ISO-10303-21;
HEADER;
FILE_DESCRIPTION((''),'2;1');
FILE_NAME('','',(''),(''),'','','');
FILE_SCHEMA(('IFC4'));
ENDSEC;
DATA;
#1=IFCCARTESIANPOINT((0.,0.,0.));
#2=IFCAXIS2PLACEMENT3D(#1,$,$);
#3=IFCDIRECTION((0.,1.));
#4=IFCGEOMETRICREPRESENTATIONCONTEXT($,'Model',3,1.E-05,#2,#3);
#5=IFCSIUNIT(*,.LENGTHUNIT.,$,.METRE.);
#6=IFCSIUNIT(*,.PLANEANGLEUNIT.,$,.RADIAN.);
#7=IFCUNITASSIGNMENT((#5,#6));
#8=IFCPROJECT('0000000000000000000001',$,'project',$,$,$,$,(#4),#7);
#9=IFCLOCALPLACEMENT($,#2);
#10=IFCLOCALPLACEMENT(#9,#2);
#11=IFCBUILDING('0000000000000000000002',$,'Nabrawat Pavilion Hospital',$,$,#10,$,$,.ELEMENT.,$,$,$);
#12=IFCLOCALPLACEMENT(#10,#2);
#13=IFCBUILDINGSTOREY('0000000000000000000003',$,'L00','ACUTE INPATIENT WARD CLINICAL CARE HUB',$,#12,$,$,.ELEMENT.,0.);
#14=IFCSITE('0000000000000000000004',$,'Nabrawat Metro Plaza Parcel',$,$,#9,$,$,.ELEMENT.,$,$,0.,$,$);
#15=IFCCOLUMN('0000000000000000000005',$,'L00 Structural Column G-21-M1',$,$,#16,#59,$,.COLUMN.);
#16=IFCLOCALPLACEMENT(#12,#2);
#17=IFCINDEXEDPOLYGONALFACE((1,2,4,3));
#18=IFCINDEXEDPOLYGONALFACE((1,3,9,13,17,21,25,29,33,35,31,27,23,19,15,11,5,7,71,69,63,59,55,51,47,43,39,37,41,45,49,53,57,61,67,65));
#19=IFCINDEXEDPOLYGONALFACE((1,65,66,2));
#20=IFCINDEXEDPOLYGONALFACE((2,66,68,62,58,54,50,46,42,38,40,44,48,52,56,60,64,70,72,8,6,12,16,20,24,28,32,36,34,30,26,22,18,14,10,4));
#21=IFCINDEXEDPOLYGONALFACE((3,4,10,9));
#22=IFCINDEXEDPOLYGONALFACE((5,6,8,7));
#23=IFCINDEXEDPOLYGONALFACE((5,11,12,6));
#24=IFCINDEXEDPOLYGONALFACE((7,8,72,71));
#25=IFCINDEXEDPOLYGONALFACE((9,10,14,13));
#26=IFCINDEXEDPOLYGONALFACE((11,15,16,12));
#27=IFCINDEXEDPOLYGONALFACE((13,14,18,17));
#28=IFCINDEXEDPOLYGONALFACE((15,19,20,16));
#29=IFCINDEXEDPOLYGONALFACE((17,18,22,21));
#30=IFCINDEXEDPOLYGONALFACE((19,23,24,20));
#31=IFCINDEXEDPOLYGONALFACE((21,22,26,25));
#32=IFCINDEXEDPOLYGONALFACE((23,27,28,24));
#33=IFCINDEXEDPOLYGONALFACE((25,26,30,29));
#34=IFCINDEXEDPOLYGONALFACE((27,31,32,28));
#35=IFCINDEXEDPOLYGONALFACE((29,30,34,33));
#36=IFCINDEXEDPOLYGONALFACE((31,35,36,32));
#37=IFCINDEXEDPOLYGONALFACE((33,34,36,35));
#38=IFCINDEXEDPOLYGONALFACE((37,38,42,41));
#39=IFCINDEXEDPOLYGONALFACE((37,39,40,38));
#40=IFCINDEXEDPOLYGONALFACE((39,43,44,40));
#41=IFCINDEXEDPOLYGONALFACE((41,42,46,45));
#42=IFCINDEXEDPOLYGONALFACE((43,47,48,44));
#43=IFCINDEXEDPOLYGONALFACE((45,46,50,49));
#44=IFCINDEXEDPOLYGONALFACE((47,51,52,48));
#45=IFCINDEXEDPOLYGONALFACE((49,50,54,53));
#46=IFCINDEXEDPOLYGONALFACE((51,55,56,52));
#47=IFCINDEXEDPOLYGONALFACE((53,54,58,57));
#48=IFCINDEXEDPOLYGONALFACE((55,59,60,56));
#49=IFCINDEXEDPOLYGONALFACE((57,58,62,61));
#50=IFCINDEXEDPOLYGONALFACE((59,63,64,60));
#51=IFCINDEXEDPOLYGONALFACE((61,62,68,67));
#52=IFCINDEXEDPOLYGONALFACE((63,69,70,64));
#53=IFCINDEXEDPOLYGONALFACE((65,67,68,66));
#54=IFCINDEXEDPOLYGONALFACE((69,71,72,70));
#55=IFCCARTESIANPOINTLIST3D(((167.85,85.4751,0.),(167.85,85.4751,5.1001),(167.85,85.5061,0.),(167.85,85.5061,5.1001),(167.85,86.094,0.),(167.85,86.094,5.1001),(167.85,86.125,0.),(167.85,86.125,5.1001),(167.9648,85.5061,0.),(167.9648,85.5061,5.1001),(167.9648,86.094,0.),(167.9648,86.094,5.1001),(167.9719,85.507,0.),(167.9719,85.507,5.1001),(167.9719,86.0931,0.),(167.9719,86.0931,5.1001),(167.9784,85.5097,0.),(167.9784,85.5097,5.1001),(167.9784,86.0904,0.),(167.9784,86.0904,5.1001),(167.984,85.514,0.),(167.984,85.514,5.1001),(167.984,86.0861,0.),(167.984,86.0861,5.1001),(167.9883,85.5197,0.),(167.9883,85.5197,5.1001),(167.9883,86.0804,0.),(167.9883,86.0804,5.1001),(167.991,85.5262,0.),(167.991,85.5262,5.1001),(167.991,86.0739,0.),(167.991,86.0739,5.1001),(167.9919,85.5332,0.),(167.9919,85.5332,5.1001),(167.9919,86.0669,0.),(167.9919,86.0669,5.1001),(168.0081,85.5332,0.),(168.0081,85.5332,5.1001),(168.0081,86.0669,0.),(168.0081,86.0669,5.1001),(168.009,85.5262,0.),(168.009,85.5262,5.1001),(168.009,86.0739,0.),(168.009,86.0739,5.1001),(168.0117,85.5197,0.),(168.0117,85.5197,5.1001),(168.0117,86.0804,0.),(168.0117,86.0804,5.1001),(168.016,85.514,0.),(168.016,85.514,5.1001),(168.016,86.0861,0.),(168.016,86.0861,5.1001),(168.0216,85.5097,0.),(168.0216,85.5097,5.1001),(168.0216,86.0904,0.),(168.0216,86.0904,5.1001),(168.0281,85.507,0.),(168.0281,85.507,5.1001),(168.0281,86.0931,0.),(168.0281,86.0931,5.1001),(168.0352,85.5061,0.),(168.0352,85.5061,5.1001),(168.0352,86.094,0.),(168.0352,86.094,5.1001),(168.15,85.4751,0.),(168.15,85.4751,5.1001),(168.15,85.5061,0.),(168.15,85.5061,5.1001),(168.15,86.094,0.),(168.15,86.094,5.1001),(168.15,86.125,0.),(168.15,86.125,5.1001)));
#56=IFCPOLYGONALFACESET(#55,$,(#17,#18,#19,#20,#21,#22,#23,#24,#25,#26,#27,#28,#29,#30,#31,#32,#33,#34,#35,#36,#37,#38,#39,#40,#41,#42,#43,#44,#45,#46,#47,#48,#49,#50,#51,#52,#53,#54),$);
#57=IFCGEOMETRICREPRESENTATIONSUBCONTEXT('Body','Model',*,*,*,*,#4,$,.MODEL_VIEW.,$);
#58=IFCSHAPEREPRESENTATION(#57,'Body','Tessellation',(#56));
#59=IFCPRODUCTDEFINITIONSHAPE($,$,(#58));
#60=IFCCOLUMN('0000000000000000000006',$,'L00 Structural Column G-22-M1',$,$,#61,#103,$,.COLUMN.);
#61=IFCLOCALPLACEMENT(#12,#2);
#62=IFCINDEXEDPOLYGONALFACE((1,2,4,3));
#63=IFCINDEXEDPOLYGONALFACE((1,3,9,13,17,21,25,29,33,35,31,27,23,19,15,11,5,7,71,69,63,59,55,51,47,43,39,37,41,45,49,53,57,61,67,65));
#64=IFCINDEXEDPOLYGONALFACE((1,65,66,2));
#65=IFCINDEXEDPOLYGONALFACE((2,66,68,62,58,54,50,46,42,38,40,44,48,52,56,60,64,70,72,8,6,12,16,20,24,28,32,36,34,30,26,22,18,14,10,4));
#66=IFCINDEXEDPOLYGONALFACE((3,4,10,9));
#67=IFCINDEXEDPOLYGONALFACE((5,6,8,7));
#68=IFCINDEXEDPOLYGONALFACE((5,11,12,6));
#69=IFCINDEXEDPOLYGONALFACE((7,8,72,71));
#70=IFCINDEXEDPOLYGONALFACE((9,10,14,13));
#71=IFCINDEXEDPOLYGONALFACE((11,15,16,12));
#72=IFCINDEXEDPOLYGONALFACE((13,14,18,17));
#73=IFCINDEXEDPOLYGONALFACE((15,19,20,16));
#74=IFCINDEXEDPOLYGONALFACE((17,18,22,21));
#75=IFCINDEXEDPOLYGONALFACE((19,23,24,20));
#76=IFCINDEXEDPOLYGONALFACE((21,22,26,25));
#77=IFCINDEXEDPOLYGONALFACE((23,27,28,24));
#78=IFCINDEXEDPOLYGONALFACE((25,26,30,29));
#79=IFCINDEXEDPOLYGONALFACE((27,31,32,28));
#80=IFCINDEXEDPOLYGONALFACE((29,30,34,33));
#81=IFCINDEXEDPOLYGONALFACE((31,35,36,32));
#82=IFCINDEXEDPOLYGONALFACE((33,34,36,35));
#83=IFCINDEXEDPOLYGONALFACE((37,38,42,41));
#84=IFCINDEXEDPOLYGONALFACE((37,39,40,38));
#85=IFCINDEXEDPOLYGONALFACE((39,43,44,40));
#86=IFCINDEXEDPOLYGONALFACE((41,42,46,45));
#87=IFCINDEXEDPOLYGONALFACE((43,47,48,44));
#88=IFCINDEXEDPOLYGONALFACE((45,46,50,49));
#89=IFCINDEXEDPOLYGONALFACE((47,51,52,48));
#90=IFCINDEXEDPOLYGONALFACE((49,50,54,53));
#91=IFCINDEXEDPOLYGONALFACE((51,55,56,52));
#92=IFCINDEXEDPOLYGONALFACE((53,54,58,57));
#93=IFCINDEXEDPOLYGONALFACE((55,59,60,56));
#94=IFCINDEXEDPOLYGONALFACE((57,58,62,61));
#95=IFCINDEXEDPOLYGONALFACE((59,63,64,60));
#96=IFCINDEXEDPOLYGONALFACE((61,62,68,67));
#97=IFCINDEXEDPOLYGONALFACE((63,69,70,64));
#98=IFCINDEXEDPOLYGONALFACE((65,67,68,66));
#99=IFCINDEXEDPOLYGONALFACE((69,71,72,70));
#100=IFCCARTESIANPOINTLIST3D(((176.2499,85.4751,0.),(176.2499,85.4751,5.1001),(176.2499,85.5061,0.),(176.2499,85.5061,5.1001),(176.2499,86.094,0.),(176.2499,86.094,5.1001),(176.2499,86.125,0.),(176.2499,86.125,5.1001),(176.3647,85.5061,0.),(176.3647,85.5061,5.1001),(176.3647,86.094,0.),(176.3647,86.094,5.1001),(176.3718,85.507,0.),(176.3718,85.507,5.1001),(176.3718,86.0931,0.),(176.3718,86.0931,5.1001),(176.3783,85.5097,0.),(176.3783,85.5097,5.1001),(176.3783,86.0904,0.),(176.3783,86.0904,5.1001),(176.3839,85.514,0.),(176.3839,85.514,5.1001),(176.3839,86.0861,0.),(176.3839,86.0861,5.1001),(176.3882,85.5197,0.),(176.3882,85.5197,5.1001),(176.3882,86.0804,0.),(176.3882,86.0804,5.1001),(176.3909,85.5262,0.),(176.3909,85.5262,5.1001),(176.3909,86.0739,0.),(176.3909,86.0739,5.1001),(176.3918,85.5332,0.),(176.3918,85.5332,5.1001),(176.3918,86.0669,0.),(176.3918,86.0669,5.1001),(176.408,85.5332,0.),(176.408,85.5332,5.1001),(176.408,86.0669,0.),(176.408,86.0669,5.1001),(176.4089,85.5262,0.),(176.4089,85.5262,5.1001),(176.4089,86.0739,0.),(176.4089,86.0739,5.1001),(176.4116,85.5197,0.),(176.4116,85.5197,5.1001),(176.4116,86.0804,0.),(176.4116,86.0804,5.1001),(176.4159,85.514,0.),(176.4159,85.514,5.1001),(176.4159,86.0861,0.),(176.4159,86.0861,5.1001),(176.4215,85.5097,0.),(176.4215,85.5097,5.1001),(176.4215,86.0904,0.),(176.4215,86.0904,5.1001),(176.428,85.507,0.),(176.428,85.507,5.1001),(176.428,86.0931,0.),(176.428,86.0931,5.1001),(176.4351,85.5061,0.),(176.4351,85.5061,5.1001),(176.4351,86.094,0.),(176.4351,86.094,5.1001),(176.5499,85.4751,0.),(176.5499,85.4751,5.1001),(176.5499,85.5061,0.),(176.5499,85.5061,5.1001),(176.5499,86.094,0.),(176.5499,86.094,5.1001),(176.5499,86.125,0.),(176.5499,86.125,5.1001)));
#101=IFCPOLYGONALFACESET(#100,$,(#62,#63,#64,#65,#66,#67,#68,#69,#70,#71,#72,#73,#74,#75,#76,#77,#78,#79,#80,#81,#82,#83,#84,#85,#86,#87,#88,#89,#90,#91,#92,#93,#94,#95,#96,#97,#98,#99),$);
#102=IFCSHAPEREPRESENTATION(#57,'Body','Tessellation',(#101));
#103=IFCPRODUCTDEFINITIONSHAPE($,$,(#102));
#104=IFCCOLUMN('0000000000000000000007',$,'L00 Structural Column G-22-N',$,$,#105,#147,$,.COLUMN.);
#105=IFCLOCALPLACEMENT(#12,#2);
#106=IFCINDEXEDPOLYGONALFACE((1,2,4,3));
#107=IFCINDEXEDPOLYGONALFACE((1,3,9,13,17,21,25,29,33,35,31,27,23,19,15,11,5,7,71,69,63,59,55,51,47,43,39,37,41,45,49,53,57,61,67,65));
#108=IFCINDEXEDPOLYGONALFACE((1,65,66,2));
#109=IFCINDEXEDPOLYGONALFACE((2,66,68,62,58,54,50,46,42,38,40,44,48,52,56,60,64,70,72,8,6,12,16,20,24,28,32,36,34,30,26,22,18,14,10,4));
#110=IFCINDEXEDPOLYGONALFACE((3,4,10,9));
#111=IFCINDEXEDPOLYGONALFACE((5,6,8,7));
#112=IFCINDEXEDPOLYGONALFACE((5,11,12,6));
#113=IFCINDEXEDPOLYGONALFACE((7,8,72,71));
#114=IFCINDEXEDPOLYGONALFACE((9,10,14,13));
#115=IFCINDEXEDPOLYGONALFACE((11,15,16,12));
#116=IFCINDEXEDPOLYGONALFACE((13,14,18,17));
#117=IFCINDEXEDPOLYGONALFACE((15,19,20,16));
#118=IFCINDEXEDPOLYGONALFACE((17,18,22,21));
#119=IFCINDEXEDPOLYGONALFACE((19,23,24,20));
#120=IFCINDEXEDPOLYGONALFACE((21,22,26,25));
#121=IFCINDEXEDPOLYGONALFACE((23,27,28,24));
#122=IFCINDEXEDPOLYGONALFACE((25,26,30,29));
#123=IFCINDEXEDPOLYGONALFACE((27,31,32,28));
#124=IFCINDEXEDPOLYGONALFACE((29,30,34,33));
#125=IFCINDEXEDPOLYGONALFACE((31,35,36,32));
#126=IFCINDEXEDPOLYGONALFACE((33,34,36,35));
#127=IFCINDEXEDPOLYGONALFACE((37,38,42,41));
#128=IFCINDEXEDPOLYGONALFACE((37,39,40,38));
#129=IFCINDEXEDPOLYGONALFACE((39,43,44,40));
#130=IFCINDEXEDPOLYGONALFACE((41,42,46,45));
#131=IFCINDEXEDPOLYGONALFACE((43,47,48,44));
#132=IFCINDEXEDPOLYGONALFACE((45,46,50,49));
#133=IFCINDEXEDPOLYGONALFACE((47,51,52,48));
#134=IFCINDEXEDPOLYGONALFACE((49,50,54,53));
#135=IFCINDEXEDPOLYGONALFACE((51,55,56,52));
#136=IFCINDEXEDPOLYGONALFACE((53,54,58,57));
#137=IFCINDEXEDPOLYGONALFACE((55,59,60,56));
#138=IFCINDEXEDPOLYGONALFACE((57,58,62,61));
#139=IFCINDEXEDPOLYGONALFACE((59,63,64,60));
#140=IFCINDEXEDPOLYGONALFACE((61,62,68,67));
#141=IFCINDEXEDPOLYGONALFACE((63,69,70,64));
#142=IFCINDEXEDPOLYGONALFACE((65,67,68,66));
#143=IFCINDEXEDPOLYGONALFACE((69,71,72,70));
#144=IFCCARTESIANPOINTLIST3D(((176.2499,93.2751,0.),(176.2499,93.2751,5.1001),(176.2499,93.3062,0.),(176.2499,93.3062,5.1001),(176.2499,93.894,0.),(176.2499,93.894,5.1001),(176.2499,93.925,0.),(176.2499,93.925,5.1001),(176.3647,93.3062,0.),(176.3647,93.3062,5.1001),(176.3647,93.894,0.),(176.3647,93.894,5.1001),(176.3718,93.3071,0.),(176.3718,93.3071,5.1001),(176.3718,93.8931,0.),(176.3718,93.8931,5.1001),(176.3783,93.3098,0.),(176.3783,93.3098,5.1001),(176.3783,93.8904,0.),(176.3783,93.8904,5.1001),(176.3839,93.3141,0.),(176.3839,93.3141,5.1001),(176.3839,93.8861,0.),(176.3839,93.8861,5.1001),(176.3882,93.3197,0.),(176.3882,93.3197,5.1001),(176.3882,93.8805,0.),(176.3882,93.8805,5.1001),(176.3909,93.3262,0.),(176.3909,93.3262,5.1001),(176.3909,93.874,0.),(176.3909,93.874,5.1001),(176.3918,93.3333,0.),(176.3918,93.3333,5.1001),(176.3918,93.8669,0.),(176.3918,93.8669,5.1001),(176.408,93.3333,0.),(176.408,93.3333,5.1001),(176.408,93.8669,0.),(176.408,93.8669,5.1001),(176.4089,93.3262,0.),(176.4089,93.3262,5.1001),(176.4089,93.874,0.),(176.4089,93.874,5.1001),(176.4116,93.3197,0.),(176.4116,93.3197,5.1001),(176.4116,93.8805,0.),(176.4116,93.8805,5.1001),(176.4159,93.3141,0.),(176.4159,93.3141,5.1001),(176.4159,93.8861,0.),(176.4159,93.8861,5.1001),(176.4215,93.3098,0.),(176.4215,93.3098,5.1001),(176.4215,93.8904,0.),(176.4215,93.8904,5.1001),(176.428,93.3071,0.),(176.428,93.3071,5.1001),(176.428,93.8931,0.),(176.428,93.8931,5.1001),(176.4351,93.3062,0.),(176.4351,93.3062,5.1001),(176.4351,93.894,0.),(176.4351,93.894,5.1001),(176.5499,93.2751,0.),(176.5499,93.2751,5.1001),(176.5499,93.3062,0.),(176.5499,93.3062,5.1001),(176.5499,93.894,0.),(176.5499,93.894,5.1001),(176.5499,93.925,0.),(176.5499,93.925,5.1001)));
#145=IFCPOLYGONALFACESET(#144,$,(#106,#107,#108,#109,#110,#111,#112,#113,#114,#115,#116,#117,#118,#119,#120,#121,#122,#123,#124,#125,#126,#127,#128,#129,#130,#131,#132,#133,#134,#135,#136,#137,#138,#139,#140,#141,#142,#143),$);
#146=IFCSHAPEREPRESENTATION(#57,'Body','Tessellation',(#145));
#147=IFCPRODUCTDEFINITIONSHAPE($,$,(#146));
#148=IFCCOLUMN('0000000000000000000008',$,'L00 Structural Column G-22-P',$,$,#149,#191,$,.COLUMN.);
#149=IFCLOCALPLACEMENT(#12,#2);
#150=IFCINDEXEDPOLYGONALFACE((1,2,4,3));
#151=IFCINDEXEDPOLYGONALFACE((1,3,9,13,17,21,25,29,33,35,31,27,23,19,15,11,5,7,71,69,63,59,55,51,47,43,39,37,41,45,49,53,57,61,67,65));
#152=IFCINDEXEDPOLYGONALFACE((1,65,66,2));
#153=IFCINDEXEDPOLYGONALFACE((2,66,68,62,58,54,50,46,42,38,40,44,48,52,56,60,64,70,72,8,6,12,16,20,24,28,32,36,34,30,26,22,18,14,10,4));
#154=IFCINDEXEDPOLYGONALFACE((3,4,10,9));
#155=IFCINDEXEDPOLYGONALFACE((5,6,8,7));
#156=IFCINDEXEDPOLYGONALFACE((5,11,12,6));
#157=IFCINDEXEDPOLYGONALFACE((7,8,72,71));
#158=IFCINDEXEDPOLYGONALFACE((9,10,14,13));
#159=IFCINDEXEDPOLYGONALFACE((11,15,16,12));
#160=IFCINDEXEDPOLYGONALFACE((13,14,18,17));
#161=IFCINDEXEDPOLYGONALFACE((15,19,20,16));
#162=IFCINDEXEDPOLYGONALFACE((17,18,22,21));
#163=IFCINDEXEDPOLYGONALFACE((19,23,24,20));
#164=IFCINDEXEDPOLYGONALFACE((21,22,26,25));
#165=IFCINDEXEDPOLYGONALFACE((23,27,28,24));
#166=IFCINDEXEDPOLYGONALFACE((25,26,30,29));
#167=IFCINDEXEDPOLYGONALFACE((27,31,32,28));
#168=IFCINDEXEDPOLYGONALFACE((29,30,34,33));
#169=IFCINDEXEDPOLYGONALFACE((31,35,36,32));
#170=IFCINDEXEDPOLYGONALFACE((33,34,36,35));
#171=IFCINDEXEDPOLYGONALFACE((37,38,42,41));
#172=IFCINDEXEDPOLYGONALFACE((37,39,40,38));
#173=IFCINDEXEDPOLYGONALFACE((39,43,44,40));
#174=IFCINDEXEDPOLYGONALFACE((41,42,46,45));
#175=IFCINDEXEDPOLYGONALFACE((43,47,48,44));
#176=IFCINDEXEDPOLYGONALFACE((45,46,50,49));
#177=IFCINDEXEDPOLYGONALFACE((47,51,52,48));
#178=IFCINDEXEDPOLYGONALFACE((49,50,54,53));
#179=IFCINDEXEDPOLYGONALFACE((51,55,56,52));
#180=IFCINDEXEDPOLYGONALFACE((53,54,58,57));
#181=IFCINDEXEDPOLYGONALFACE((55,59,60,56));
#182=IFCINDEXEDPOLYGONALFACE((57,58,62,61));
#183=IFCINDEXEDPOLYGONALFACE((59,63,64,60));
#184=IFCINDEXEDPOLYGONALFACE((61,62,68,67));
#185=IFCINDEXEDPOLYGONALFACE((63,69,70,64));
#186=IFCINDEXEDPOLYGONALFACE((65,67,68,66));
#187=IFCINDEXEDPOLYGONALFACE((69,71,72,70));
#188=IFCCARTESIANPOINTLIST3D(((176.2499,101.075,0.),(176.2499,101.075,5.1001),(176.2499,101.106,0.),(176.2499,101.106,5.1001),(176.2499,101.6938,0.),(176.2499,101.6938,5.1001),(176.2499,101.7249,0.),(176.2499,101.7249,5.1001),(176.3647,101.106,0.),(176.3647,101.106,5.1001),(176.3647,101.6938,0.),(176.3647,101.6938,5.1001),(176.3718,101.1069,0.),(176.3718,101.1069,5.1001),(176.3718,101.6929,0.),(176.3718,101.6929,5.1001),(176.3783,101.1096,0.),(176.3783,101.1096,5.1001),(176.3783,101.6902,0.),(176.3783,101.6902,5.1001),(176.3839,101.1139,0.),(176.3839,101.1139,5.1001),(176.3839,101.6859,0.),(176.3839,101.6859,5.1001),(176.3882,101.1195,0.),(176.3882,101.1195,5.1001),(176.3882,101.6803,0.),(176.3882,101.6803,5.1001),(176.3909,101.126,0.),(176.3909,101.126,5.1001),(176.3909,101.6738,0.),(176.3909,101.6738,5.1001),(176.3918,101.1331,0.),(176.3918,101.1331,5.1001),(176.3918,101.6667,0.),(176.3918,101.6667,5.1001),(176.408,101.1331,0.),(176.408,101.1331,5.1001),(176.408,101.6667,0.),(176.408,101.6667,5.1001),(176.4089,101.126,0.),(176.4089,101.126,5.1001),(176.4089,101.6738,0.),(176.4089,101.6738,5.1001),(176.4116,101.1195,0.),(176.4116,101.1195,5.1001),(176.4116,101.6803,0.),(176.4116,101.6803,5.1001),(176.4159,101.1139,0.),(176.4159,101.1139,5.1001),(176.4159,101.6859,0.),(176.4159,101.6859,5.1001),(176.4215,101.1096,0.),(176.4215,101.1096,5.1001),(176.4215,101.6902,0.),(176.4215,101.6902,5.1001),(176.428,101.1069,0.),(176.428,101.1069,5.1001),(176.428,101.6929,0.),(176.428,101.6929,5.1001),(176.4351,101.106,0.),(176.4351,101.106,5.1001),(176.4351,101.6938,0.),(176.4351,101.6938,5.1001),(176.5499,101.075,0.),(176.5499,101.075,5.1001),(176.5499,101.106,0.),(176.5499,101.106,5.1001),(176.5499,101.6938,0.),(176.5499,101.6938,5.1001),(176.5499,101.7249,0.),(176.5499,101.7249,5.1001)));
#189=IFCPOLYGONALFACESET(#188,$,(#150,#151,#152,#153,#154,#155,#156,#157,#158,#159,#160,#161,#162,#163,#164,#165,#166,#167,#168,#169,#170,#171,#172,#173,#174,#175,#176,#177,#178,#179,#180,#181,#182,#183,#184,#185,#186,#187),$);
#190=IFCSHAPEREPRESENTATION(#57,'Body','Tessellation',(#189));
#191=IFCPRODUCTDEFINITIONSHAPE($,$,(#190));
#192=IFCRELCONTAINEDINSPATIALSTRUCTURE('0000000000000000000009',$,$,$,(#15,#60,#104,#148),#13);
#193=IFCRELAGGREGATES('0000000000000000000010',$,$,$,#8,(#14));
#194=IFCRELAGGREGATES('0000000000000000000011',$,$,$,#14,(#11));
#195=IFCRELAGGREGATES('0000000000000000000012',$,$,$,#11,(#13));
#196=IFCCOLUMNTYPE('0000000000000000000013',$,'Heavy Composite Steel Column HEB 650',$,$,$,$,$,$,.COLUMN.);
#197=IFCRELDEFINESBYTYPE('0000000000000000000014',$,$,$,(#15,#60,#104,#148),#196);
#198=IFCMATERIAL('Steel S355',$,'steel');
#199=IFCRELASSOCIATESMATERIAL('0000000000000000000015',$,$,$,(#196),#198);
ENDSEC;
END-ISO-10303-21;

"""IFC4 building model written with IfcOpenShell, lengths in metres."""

from ifc_helpers import new_model, si_unit, direction, frame, origin, origin_2d, place, context, subcontext, project, spatial, i_section, extrude, material, material_profile, profile_set, type_object, element, save


model = new_model("IFC4")

# Units and contexts
model_context = context("Model", 3, precision=1e-05, world=origin(), true_north=direction((0.0, 1.0)))
body_context = subcontext(model_context, "Body", "Model", "MODEL_VIEW")
ifc_project = project(units=[si_unit("LENGTHUNIT", "METRE"), si_unit("PLANEANGLEUNIT", "RADIAN")], contexts=[model_context])

# Site, building, storey
site_placement = place(None, origin())
site = spatial("IfcSite", under=ifc_project, at=site_placement, Name="Nabrawat Metro Plaza Parcel", CompositionType="ELEMENT", RefElevation=0.0)
building_placement = place(site_placement, origin())
building = spatial("IfcBuilding", under=site, at=building_placement, Name="Nabrawat Pavilion Hospital", CompositionType="ELEMENT")
storey_placement = place(building_placement, origin())
storey = spatial("IfcBuildingStorey", under=building, at=storey_placement, Name="L00", Description="ACUTE INPATIENT WARD CLINICAL CARE HUB", CompositionType="ELEMENT", Elevation=0.0)

# Columns
ifc_material_1 = material(Name="Steel S355", Category="steel")
ifc_material_profile_1 = material_profile(ifc_material_1, i_section(OverallWidth=0.3, OverallDepth=0.6499, WebThickness=0.0161, FlangeThickness=0.031, FilletRadius=0.0271, at=origin_2d()), Name="HEB 650")
ifc_profile_set_1 = profile_set([ifc_material_profile_1], Name="Steel S355")
column_type = type_object("IfcColumnType", Name="Heavy Composite Steel Column HEB 650", PredefinedType="COLUMN", material=ifc_profile_set_1)
for number, where, z_axis, x_axis, name in (
    (1, (168.0, 85.8, 0.0), (0.0, 0.0, 1.0), (1.0, 0.0, 0.0), "L00 Structural Column G-21-M1"),
    (2, (176.3999, 85.8, 0.0), (0.0, 0.0, 1.0), (1.0, 0.0, 0.0), "L00 Structural Column G-22-M1"),
    (3, (176.3999, 93.6001, 0.0), (0.0, 0.0, 1.0), (1.0, 0.0, 0.0), "L00 Structural Column G-22-N"),
    (4, (176.3999, 101.3999, 0.0), (0.0, 0.0, 1.0), (1.0, 0.0, 0.0), "L00 Structural Column G-22-P"),
):
    element("IfcColumn", number, at=place(storey_placement, frame(where, z_axis=z_axis, x_axis=x_axis)), inside=storey, type_object=column_type, Name=name, PredefinedType="COLUMN", context=body_context, shape_type="SweptSolid", body=[
        extrude(i_section(OverallWidth=0.3, OverallDepth=0.6499, WebThickness=0.0161, FlangeThickness=0.031, FilletRadius=0.0271, at=origin_2d()), origin(), (0.0, 0.0, 1.0), 5.1001),
    ])

save(model, "model.ifc")
